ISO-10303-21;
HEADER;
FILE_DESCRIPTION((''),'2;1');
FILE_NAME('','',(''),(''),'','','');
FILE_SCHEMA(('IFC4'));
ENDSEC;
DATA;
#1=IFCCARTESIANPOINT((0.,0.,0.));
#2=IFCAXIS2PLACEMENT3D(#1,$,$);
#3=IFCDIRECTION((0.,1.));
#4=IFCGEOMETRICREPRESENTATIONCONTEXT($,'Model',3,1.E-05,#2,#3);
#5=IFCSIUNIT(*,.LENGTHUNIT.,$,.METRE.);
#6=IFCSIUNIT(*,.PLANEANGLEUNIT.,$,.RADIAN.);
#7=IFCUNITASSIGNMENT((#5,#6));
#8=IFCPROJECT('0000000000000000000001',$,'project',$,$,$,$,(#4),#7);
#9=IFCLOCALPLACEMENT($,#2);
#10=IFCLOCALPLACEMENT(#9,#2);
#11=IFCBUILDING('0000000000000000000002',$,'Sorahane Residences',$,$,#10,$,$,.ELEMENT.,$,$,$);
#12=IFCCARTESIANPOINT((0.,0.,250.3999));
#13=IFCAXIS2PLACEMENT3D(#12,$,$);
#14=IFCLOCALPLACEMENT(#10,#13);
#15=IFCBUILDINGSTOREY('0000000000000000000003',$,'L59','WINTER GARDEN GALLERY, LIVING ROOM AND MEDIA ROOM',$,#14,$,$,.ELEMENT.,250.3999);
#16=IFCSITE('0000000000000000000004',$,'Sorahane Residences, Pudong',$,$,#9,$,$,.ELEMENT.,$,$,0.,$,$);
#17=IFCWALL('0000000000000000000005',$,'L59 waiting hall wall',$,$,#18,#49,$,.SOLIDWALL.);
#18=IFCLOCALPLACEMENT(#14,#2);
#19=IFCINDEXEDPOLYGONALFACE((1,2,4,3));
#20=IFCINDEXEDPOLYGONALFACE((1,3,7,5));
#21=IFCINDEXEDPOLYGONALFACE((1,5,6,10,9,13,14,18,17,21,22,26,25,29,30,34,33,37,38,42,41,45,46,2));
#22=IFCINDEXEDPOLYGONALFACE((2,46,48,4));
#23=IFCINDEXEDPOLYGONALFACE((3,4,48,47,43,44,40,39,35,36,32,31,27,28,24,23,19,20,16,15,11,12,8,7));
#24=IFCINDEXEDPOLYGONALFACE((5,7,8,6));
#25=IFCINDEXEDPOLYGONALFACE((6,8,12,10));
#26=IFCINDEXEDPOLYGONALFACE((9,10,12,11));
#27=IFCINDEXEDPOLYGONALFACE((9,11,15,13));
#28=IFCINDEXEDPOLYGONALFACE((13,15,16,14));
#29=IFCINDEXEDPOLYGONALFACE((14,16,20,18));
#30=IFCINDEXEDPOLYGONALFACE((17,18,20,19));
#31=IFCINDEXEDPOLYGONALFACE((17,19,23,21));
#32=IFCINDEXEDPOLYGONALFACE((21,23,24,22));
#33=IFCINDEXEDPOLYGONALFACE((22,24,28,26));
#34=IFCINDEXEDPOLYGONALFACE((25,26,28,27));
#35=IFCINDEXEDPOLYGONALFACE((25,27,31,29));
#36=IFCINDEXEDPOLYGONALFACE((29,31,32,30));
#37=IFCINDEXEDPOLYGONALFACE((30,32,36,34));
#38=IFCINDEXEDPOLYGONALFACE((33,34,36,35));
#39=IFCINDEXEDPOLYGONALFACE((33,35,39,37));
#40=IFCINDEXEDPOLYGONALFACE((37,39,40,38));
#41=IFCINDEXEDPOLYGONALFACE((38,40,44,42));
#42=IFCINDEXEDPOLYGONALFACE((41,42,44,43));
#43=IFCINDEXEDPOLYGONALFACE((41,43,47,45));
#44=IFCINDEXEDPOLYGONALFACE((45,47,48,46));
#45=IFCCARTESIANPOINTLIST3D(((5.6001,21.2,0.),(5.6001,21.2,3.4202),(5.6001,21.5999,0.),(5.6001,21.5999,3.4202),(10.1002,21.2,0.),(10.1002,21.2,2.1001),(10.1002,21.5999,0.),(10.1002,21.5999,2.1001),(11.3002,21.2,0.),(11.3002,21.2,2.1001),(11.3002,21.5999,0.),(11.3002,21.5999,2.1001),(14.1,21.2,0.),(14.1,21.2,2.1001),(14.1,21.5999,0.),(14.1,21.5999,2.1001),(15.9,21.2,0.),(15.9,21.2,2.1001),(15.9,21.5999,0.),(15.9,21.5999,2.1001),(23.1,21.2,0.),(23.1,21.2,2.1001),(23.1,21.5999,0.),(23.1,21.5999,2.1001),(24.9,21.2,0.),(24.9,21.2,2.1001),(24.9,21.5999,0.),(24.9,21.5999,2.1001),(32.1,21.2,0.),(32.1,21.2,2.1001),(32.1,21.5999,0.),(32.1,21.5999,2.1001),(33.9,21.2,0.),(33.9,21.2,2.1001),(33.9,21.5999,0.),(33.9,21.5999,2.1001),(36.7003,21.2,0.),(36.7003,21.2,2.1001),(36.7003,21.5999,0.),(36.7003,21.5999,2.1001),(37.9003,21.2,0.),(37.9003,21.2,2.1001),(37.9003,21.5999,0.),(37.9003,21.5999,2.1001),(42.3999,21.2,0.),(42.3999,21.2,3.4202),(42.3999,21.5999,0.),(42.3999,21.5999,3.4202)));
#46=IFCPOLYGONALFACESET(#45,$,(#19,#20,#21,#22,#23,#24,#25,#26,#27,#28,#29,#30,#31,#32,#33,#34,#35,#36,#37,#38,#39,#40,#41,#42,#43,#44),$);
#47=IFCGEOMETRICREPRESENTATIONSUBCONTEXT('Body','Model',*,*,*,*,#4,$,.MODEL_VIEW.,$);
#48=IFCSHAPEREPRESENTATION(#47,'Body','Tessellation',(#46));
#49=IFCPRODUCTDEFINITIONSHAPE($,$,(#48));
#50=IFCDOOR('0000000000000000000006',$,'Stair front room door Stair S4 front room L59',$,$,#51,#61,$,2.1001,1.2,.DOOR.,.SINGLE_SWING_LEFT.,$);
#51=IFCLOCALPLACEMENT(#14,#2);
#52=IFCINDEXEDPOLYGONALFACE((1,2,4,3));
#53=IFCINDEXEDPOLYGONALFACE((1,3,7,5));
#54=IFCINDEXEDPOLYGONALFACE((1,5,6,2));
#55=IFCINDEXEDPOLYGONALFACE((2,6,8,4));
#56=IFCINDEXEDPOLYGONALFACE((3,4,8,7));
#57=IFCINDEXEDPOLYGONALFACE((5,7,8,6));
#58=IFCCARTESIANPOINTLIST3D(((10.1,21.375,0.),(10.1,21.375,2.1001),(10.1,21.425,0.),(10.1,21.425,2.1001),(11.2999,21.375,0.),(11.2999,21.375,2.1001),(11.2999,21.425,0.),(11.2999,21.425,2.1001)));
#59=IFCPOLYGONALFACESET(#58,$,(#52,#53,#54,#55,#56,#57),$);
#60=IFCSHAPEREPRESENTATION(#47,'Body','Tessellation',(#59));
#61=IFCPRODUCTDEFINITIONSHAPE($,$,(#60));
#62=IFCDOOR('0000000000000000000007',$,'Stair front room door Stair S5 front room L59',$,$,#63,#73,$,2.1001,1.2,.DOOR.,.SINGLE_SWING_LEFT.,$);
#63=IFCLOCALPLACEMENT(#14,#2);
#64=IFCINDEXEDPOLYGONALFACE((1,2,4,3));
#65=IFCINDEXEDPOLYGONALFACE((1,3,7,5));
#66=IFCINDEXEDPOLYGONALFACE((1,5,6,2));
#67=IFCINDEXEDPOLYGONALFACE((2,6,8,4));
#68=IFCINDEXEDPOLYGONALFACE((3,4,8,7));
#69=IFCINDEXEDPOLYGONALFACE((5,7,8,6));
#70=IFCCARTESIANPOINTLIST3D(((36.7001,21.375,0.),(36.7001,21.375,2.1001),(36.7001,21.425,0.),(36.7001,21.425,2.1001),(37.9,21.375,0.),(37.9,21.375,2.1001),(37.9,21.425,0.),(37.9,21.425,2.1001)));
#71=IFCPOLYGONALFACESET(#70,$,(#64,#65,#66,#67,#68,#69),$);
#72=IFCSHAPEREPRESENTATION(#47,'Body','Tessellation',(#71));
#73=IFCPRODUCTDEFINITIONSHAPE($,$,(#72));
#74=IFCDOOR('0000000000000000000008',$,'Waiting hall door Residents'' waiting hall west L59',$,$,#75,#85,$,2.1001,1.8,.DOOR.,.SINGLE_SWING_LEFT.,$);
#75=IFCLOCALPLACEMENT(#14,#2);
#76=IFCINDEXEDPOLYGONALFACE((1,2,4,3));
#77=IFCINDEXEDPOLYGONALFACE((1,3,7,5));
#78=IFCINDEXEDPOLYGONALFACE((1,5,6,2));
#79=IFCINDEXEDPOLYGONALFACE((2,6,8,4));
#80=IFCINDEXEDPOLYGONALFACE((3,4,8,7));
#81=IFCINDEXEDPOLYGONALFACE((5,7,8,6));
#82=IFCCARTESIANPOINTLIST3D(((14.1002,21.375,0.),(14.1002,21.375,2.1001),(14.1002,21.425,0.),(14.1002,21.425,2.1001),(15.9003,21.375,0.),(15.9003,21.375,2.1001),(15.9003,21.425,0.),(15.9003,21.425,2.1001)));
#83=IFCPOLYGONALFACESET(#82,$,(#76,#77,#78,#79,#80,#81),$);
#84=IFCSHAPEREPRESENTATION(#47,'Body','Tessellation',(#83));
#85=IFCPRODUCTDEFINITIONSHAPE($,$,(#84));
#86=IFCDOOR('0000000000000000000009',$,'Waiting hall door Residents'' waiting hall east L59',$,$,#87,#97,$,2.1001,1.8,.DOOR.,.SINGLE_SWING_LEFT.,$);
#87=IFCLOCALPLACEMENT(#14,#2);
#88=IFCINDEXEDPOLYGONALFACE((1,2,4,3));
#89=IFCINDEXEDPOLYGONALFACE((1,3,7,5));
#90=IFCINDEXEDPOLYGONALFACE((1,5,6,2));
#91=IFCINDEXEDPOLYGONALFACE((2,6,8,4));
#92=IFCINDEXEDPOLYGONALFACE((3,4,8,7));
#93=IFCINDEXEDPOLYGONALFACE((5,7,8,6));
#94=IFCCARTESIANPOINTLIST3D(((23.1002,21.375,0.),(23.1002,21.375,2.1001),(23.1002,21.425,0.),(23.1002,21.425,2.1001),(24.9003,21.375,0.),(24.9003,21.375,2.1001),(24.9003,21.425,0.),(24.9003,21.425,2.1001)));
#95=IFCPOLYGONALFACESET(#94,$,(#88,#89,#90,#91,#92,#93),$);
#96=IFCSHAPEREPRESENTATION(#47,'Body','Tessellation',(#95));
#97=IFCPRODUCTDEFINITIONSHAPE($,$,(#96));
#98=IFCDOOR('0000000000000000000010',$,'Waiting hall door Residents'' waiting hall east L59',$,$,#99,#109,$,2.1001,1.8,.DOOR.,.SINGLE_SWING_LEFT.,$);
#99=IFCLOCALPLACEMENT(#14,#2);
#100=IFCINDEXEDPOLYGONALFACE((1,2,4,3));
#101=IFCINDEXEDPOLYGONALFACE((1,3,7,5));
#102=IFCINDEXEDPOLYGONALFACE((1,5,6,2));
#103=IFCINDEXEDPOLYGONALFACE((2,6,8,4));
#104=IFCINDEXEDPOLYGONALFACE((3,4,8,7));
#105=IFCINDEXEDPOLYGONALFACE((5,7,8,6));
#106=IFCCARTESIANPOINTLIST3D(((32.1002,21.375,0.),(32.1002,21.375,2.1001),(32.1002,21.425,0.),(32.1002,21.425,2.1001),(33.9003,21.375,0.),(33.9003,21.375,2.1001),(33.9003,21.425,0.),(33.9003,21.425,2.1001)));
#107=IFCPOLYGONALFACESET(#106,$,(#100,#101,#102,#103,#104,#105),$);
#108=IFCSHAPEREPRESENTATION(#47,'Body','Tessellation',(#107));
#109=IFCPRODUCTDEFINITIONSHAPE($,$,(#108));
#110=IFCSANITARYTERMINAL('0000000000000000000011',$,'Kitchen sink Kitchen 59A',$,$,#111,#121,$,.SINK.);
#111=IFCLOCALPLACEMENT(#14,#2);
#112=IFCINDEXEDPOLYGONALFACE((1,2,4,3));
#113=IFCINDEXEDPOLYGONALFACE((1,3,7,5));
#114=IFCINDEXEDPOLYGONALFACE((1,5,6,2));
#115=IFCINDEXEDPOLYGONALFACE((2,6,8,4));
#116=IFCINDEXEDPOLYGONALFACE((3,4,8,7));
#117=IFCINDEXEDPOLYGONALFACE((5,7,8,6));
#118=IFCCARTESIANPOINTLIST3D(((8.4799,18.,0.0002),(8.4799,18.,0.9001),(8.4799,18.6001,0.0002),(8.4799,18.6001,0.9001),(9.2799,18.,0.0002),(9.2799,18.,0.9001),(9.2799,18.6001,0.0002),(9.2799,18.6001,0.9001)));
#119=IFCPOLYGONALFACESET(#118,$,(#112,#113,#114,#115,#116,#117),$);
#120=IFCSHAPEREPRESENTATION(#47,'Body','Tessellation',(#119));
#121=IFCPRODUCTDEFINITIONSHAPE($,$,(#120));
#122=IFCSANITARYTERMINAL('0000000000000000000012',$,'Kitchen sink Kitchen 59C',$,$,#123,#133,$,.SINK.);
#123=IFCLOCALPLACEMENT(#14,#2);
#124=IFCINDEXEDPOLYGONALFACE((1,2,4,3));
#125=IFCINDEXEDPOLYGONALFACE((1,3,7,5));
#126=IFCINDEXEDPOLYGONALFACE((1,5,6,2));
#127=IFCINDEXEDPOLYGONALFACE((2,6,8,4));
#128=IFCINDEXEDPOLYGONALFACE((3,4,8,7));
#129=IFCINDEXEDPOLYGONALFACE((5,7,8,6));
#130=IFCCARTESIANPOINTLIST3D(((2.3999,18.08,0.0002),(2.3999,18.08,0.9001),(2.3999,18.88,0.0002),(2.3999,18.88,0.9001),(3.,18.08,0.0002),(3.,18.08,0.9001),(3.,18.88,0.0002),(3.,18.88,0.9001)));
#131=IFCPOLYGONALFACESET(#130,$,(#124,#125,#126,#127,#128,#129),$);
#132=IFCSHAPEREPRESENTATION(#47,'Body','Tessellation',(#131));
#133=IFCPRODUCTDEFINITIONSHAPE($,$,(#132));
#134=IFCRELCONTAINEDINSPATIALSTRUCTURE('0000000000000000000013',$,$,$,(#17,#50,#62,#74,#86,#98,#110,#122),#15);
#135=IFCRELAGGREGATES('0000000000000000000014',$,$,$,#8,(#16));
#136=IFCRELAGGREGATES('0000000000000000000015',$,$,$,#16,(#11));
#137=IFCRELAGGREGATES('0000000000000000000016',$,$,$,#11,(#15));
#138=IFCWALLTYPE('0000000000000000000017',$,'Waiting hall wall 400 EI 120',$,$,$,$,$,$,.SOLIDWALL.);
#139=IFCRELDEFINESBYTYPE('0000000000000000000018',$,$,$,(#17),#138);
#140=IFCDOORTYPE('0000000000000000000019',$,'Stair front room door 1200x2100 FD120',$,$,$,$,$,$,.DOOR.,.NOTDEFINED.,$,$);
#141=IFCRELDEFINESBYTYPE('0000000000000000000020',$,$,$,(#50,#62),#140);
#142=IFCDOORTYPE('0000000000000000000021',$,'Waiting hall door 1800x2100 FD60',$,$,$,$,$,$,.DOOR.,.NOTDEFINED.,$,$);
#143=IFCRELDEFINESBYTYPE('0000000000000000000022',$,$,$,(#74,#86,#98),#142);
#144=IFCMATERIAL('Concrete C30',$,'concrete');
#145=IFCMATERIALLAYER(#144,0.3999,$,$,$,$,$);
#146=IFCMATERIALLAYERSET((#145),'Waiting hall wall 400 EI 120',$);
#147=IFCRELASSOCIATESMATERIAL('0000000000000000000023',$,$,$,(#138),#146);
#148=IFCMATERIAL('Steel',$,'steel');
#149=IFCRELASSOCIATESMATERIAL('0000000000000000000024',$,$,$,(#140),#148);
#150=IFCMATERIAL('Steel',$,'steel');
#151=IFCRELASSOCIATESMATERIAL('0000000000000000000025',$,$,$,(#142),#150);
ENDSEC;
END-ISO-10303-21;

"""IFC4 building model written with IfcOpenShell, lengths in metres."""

from ifc_helpers import new_model, si_unit, direction, frame, frame_2d, origin, origin_2d, place, context, subcontext, project, spatial, rectangle, extrude, material, layer, layer_set, type_object, element, fill, save


model = new_model("IFC4")

# Units and contexts
model_context = context("Model", 3, precision=1e-05, world=origin(), true_north=direction((0.0, 1.0)))
body_context = subcontext(model_context, "Body", "Model", "MODEL_VIEW")
ifc_project = project(units=[si_unit("LENGTHUNIT", "METRE"), si_unit("PLANEANGLEUNIT", "RADIAN")], contexts=[model_context])

# Site, building, storey
site_placement = place(None, origin())
site = spatial("IfcSite", under=ifc_project, at=site_placement, Name="Sorahane Residences, Pudong", CompositionType="ELEMENT", RefElevation=0.0)
building_placement = place(site_placement, origin())
building = spatial("IfcBuilding", under=site, at=building_placement, Name="Sorahane Residences", CompositionType="ELEMENT")
storey_placement = place(building_placement, frame((0.0, 0.0, 250.3999)))
storey = spatial("IfcBuildingStorey", under=building, at=storey_placement, Name="L59", Description="WINTER GARDEN GALLERY, LIVING ROOM AND MEDIA ROOM", CompositionType="ELEMENT", Elevation=250.3999)

# Wall, openings, doors
ifc_material_1 = material(Name="Concrete C30", Category="concrete")
ifc_layer_1 = layer(ifc_material_1, 0.3999)
ifc_layer_set_1 = layer_set([ifc_layer_1], Name="Waiting hall wall 400 EI 120")
wall_type_1 = type_object("IfcWallType", Name="Waiting hall wall 400 EI 120", PredefinedType="SOLIDWALL", material=ifc_layer_set_1)
wall_1_placement = place(storey_placement, frame((5.6001, 21.3999, 0.0), z_axis=(0.0, 0.0, 1.0), x_axis=(1.0, 0.0, 0.0)))
wall_1 = element("IfcWall", 1, at=wall_1_placement, inside=storey, type_object=wall_type_1, Name="L59 waiting hall wall", PredefinedType="SOLIDWALL", context=body_context, shape_type="SweptSolid", body=[
    extrude(rectangle(XDim=36.7998, YDim=0.3999, at=frame_2d((18.3999, 0.0))), origin(), (0.0, 0.0, 1.0), 3.4202),
])
opening_1_placement = place(wall_1_placement, frame((8.5, 0.0, 0.0)))
opening_1 = element("IfcOpeningElement", 2, at=opening_1_placement, cuts=wall_1, PredefinedType="OPENING", context=body_context, shape_type="SweptSolid", body=[
    extrude(rectangle(XDim=1.8, YDim=2.1001, at=frame_2d((0.8999, 1.05))), frame((0.0, 0.21, 0.0), z_axis=(0.0, -1.0, 0.0), x_axis=(1.0, 0.0, 0.0)), (0.0, 0.0, 1.0), 0.4199),
])
opening_2_placement = place(wall_1_placement, frame((17.5, 0.0, 0.0)))
opening_2 = element("IfcOpeningElement", 3, at=opening_2_placement, cuts=wall_1, PredefinedType="OPENING", context=body_context, shape_type="SweptSolid", body=[
    extrude(rectangle(XDim=1.8, YDim=2.1001, at=frame_2d((0.8999, 1.05))), frame((0.0, 0.21, 0.0), z_axis=(0.0, -1.0, 0.0), x_axis=(1.0, 0.0, 0.0)), (0.0, 0.0, 1.0), 0.4199),
])
opening_3_placement = place(wall_1_placement, frame((26.5, 0.0, 0.0)))
opening_3 = element("IfcOpeningElement", 4, at=opening_3_placement, cuts=wall_1, PredefinedType="OPENING", context=body_context, shape_type="SweptSolid", body=[
    extrude(rectangle(XDim=1.8, YDim=2.1001, at=frame_2d((0.8999, 1.05))), frame((0.0, 0.21, 0.0), z_axis=(0.0, -1.0, 0.0), x_axis=(1.0, 0.0, 0.0)), (0.0, 0.0, 1.0), 0.4199),
])
opening_4_placement = place(wall_1_placement, frame((4.5, 0.0, 0.0)))
opening_4 = element("IfcOpeningElement", 5, at=opening_4_placement, cuts=wall_1, PredefinedType="OPENING", context=body_context, shape_type="SweptSolid", body=[
    extrude(rectangle(XDim=1.2, YDim=2.1001, at=frame_2d((0.6001, 1.05))), frame((0.0, 0.21, 0.0), z_axis=(0.0, -1.0, 0.0), x_axis=(1.0, 0.0, 0.0)), (0.0, 0.0, 1.0), 0.4199),
])
opening_5_placement = place(wall_1_placement, frame((31.1001, 0.0, 0.0)))
opening_5 = element("IfcOpeningElement", 6, at=opening_5_placement, cuts=wall_1, PredefinedType="OPENING", context=body_context, shape_type="SweptSolid", body=[
    extrude(rectangle(XDim=1.2, YDim=2.1001, at=frame_2d((0.6001, 1.05))), frame((0.0, 0.21, 0.0), z_axis=(0.0, -1.0, 0.0), x_axis=(1.0, 0.0, 0.0)), (0.0, 0.0, 1.0), 0.4199),
])
ifc_material_2 = material(Name="Steel", Category="steel")
door_type_1 = type_object("IfcDoorType", Name="Stair front room door 1200x2100 FD120", OperationType="NOTDEFINED", PredefinedType="DOOR", material=ifc_material_2)
door_1_placement = place(opening_4_placement, frame((1.2, 0.0, 0.0), z_axis=(0.0, 0.0, 1.0), x_axis=(-1.0, 0.0, 0.0)))
door_1 = element("IfcDoor", 7, at=door_1_placement, inside=storey, type_object=door_type_1, Name="Stair front room door Stair S4 front room L59", OperationType="SINGLE_SWING_LEFT", OverallHeight=2.1001, OverallWidth=1.2, PredefinedType="DOOR", context=body_context, shape_type="SweptSolid", body=[
    extrude(rectangle(XDim=1.2, YDim=2.1001, at=frame_2d((0.6001, 1.05))), frame((0.0, 0.0249, 0.0), z_axis=(0.0, -1.0, 0.0), x_axis=(1.0, 0.0, 0.0)), (0.0, 0.0, 1.0), 0.05),
])
fill(opening_4, door_1)
door_2_placement = place(opening_5_placement, frame((1.2, 0.0, 0.0), z_axis=(0.0, 0.0, 1.0), x_axis=(-1.0, 0.0, 0.0)))
door_2 = element("IfcDoor", 8, at=door_2_placement, inside=storey, type_object=door_type_1, Name="Stair front room door Stair S5 front room L59", OperationType="SINGLE_SWING_LEFT", OverallHeight=2.1001, OverallWidth=1.2, PredefinedType="DOOR", context=body_context, shape_type="SweptSolid", body=[
    extrude(rectangle(XDim=1.2, YDim=2.1001, at=frame_2d((0.6001, 1.05))), frame((0.0, 0.0249, 0.0), z_axis=(0.0, -1.0, 0.0), x_axis=(1.0, 0.0, 0.0)), (0.0, 0.0, 1.0), 0.05),
])
fill(opening_5, door_2)
ifc_material_3 = material(Name="Steel", Category="steel")
door_type_2 = type_object("IfcDoorType", Name="Waiting hall door 1800x2100 FD60", OperationType="NOTDEFINED", PredefinedType="DOOR", material=ifc_material_3)
door_3_placement = place(opening_1_placement, frame((1.8, 0.0, 0.0), z_axis=(0.0, 0.0, 1.0), x_axis=(-1.0, 0.0, 0.0)))
door_3 = element("IfcDoor", 9, at=door_3_placement, inside=storey, type_object=door_type_2, Name="Waiting hall door Residents' waiting hall west L59", OperationType="SINGLE_SWING_LEFT", OverallHeight=2.1001, OverallWidth=1.8, PredefinedType="DOOR", context=body_context, shape_type="SweptSolid", body=[
    extrude(rectangle(XDim=1.8, YDim=2.1001, at=frame_2d((0.8999, 1.05))), frame((0.0, 0.0249, 0.0), z_axis=(0.0, -1.0, 0.0), x_axis=(1.0, 0.0, 0.0)), (0.0, 0.0, 1.0), 0.05),
])
fill(opening_1, door_3)
door_4_placement = place(opening_2_placement, frame((1.8, 0.0, 0.0), z_axis=(0.0, 0.0, 1.0), x_axis=(-1.0, 0.0, 0.0)))
door_4 = element("IfcDoor", 10, at=door_4_placement, inside=storey, type_object=door_type_2, Name="Waiting hall door Residents' waiting hall east L59", OperationType="SINGLE_SWING_LEFT", OverallHeight=2.1001, OverallWidth=1.8, PredefinedType="DOOR", context=body_context, shape_type="SweptSolid", body=[
    extrude(rectangle(XDim=1.8, YDim=2.1001, at=frame_2d((0.8999, 1.05))), frame((0.0, 0.0249, 0.0), z_axis=(0.0, -1.0, 0.0), x_axis=(1.0, 0.0, 0.0)), (0.0, 0.0, 1.0), 0.05),
])
fill(opening_2, door_4)
door_5_placement = place(opening_3_placement, frame((1.8, 0.0, 0.0), z_axis=(0.0, 0.0, 1.0), x_axis=(-1.0, 0.0, 0.0)))
door_5 = element("IfcDoor", 11, at=door_5_placement, inside=storey, type_object=door_type_2, Name="Waiting hall door Residents' waiting hall east L59", OperationType="SINGLE_SWING_LEFT", OverallHeight=2.1001, OverallWidth=1.8, PredefinedType="DOOR", context=body_context, shape_type="SweptSolid", body=[
    extrude(rectangle(XDim=1.8, YDim=2.1001, at=frame_2d((0.8999, 1.05))), frame((0.0, 0.0249, 0.0), z_axis=(0.0, -1.0, 0.0), x_axis=(1.0, 0.0, 0.0)), (0.0, 0.0, 1.0), 0.05),
])
fill(opening_3, door_5)

# Sanitary terminals
for number, where, z_axis, x_axis, name in (
    (12, (8.8799, 18.3, 0.0002), (0.0, 0.0, 1.0), (1.0, 0.0, 0.0), "Kitchen sink Kitchen 59A"),
    (13, (2.7, 18.48, 0.0002), (0.0, 0.0, 1.0), (0.0, -1.0, 0.0), "Kitchen sink Kitchen 59C"),
):
    element("IfcSanitaryTerminal", number, at=place(storey_placement, frame(where, z_axis=z_axis, x_axis=x_axis)), inside=storey, Name=name, PredefinedType="SINK", context=body_context, shape_type="SweptSolid", body=[
        extrude(rectangle(XDim=0.8, YDim=0.6001, at=origin_2d()), origin(), (0.0, 0.0, 1.0), 0.8999),
    ])

save(model, "model.ifc")
